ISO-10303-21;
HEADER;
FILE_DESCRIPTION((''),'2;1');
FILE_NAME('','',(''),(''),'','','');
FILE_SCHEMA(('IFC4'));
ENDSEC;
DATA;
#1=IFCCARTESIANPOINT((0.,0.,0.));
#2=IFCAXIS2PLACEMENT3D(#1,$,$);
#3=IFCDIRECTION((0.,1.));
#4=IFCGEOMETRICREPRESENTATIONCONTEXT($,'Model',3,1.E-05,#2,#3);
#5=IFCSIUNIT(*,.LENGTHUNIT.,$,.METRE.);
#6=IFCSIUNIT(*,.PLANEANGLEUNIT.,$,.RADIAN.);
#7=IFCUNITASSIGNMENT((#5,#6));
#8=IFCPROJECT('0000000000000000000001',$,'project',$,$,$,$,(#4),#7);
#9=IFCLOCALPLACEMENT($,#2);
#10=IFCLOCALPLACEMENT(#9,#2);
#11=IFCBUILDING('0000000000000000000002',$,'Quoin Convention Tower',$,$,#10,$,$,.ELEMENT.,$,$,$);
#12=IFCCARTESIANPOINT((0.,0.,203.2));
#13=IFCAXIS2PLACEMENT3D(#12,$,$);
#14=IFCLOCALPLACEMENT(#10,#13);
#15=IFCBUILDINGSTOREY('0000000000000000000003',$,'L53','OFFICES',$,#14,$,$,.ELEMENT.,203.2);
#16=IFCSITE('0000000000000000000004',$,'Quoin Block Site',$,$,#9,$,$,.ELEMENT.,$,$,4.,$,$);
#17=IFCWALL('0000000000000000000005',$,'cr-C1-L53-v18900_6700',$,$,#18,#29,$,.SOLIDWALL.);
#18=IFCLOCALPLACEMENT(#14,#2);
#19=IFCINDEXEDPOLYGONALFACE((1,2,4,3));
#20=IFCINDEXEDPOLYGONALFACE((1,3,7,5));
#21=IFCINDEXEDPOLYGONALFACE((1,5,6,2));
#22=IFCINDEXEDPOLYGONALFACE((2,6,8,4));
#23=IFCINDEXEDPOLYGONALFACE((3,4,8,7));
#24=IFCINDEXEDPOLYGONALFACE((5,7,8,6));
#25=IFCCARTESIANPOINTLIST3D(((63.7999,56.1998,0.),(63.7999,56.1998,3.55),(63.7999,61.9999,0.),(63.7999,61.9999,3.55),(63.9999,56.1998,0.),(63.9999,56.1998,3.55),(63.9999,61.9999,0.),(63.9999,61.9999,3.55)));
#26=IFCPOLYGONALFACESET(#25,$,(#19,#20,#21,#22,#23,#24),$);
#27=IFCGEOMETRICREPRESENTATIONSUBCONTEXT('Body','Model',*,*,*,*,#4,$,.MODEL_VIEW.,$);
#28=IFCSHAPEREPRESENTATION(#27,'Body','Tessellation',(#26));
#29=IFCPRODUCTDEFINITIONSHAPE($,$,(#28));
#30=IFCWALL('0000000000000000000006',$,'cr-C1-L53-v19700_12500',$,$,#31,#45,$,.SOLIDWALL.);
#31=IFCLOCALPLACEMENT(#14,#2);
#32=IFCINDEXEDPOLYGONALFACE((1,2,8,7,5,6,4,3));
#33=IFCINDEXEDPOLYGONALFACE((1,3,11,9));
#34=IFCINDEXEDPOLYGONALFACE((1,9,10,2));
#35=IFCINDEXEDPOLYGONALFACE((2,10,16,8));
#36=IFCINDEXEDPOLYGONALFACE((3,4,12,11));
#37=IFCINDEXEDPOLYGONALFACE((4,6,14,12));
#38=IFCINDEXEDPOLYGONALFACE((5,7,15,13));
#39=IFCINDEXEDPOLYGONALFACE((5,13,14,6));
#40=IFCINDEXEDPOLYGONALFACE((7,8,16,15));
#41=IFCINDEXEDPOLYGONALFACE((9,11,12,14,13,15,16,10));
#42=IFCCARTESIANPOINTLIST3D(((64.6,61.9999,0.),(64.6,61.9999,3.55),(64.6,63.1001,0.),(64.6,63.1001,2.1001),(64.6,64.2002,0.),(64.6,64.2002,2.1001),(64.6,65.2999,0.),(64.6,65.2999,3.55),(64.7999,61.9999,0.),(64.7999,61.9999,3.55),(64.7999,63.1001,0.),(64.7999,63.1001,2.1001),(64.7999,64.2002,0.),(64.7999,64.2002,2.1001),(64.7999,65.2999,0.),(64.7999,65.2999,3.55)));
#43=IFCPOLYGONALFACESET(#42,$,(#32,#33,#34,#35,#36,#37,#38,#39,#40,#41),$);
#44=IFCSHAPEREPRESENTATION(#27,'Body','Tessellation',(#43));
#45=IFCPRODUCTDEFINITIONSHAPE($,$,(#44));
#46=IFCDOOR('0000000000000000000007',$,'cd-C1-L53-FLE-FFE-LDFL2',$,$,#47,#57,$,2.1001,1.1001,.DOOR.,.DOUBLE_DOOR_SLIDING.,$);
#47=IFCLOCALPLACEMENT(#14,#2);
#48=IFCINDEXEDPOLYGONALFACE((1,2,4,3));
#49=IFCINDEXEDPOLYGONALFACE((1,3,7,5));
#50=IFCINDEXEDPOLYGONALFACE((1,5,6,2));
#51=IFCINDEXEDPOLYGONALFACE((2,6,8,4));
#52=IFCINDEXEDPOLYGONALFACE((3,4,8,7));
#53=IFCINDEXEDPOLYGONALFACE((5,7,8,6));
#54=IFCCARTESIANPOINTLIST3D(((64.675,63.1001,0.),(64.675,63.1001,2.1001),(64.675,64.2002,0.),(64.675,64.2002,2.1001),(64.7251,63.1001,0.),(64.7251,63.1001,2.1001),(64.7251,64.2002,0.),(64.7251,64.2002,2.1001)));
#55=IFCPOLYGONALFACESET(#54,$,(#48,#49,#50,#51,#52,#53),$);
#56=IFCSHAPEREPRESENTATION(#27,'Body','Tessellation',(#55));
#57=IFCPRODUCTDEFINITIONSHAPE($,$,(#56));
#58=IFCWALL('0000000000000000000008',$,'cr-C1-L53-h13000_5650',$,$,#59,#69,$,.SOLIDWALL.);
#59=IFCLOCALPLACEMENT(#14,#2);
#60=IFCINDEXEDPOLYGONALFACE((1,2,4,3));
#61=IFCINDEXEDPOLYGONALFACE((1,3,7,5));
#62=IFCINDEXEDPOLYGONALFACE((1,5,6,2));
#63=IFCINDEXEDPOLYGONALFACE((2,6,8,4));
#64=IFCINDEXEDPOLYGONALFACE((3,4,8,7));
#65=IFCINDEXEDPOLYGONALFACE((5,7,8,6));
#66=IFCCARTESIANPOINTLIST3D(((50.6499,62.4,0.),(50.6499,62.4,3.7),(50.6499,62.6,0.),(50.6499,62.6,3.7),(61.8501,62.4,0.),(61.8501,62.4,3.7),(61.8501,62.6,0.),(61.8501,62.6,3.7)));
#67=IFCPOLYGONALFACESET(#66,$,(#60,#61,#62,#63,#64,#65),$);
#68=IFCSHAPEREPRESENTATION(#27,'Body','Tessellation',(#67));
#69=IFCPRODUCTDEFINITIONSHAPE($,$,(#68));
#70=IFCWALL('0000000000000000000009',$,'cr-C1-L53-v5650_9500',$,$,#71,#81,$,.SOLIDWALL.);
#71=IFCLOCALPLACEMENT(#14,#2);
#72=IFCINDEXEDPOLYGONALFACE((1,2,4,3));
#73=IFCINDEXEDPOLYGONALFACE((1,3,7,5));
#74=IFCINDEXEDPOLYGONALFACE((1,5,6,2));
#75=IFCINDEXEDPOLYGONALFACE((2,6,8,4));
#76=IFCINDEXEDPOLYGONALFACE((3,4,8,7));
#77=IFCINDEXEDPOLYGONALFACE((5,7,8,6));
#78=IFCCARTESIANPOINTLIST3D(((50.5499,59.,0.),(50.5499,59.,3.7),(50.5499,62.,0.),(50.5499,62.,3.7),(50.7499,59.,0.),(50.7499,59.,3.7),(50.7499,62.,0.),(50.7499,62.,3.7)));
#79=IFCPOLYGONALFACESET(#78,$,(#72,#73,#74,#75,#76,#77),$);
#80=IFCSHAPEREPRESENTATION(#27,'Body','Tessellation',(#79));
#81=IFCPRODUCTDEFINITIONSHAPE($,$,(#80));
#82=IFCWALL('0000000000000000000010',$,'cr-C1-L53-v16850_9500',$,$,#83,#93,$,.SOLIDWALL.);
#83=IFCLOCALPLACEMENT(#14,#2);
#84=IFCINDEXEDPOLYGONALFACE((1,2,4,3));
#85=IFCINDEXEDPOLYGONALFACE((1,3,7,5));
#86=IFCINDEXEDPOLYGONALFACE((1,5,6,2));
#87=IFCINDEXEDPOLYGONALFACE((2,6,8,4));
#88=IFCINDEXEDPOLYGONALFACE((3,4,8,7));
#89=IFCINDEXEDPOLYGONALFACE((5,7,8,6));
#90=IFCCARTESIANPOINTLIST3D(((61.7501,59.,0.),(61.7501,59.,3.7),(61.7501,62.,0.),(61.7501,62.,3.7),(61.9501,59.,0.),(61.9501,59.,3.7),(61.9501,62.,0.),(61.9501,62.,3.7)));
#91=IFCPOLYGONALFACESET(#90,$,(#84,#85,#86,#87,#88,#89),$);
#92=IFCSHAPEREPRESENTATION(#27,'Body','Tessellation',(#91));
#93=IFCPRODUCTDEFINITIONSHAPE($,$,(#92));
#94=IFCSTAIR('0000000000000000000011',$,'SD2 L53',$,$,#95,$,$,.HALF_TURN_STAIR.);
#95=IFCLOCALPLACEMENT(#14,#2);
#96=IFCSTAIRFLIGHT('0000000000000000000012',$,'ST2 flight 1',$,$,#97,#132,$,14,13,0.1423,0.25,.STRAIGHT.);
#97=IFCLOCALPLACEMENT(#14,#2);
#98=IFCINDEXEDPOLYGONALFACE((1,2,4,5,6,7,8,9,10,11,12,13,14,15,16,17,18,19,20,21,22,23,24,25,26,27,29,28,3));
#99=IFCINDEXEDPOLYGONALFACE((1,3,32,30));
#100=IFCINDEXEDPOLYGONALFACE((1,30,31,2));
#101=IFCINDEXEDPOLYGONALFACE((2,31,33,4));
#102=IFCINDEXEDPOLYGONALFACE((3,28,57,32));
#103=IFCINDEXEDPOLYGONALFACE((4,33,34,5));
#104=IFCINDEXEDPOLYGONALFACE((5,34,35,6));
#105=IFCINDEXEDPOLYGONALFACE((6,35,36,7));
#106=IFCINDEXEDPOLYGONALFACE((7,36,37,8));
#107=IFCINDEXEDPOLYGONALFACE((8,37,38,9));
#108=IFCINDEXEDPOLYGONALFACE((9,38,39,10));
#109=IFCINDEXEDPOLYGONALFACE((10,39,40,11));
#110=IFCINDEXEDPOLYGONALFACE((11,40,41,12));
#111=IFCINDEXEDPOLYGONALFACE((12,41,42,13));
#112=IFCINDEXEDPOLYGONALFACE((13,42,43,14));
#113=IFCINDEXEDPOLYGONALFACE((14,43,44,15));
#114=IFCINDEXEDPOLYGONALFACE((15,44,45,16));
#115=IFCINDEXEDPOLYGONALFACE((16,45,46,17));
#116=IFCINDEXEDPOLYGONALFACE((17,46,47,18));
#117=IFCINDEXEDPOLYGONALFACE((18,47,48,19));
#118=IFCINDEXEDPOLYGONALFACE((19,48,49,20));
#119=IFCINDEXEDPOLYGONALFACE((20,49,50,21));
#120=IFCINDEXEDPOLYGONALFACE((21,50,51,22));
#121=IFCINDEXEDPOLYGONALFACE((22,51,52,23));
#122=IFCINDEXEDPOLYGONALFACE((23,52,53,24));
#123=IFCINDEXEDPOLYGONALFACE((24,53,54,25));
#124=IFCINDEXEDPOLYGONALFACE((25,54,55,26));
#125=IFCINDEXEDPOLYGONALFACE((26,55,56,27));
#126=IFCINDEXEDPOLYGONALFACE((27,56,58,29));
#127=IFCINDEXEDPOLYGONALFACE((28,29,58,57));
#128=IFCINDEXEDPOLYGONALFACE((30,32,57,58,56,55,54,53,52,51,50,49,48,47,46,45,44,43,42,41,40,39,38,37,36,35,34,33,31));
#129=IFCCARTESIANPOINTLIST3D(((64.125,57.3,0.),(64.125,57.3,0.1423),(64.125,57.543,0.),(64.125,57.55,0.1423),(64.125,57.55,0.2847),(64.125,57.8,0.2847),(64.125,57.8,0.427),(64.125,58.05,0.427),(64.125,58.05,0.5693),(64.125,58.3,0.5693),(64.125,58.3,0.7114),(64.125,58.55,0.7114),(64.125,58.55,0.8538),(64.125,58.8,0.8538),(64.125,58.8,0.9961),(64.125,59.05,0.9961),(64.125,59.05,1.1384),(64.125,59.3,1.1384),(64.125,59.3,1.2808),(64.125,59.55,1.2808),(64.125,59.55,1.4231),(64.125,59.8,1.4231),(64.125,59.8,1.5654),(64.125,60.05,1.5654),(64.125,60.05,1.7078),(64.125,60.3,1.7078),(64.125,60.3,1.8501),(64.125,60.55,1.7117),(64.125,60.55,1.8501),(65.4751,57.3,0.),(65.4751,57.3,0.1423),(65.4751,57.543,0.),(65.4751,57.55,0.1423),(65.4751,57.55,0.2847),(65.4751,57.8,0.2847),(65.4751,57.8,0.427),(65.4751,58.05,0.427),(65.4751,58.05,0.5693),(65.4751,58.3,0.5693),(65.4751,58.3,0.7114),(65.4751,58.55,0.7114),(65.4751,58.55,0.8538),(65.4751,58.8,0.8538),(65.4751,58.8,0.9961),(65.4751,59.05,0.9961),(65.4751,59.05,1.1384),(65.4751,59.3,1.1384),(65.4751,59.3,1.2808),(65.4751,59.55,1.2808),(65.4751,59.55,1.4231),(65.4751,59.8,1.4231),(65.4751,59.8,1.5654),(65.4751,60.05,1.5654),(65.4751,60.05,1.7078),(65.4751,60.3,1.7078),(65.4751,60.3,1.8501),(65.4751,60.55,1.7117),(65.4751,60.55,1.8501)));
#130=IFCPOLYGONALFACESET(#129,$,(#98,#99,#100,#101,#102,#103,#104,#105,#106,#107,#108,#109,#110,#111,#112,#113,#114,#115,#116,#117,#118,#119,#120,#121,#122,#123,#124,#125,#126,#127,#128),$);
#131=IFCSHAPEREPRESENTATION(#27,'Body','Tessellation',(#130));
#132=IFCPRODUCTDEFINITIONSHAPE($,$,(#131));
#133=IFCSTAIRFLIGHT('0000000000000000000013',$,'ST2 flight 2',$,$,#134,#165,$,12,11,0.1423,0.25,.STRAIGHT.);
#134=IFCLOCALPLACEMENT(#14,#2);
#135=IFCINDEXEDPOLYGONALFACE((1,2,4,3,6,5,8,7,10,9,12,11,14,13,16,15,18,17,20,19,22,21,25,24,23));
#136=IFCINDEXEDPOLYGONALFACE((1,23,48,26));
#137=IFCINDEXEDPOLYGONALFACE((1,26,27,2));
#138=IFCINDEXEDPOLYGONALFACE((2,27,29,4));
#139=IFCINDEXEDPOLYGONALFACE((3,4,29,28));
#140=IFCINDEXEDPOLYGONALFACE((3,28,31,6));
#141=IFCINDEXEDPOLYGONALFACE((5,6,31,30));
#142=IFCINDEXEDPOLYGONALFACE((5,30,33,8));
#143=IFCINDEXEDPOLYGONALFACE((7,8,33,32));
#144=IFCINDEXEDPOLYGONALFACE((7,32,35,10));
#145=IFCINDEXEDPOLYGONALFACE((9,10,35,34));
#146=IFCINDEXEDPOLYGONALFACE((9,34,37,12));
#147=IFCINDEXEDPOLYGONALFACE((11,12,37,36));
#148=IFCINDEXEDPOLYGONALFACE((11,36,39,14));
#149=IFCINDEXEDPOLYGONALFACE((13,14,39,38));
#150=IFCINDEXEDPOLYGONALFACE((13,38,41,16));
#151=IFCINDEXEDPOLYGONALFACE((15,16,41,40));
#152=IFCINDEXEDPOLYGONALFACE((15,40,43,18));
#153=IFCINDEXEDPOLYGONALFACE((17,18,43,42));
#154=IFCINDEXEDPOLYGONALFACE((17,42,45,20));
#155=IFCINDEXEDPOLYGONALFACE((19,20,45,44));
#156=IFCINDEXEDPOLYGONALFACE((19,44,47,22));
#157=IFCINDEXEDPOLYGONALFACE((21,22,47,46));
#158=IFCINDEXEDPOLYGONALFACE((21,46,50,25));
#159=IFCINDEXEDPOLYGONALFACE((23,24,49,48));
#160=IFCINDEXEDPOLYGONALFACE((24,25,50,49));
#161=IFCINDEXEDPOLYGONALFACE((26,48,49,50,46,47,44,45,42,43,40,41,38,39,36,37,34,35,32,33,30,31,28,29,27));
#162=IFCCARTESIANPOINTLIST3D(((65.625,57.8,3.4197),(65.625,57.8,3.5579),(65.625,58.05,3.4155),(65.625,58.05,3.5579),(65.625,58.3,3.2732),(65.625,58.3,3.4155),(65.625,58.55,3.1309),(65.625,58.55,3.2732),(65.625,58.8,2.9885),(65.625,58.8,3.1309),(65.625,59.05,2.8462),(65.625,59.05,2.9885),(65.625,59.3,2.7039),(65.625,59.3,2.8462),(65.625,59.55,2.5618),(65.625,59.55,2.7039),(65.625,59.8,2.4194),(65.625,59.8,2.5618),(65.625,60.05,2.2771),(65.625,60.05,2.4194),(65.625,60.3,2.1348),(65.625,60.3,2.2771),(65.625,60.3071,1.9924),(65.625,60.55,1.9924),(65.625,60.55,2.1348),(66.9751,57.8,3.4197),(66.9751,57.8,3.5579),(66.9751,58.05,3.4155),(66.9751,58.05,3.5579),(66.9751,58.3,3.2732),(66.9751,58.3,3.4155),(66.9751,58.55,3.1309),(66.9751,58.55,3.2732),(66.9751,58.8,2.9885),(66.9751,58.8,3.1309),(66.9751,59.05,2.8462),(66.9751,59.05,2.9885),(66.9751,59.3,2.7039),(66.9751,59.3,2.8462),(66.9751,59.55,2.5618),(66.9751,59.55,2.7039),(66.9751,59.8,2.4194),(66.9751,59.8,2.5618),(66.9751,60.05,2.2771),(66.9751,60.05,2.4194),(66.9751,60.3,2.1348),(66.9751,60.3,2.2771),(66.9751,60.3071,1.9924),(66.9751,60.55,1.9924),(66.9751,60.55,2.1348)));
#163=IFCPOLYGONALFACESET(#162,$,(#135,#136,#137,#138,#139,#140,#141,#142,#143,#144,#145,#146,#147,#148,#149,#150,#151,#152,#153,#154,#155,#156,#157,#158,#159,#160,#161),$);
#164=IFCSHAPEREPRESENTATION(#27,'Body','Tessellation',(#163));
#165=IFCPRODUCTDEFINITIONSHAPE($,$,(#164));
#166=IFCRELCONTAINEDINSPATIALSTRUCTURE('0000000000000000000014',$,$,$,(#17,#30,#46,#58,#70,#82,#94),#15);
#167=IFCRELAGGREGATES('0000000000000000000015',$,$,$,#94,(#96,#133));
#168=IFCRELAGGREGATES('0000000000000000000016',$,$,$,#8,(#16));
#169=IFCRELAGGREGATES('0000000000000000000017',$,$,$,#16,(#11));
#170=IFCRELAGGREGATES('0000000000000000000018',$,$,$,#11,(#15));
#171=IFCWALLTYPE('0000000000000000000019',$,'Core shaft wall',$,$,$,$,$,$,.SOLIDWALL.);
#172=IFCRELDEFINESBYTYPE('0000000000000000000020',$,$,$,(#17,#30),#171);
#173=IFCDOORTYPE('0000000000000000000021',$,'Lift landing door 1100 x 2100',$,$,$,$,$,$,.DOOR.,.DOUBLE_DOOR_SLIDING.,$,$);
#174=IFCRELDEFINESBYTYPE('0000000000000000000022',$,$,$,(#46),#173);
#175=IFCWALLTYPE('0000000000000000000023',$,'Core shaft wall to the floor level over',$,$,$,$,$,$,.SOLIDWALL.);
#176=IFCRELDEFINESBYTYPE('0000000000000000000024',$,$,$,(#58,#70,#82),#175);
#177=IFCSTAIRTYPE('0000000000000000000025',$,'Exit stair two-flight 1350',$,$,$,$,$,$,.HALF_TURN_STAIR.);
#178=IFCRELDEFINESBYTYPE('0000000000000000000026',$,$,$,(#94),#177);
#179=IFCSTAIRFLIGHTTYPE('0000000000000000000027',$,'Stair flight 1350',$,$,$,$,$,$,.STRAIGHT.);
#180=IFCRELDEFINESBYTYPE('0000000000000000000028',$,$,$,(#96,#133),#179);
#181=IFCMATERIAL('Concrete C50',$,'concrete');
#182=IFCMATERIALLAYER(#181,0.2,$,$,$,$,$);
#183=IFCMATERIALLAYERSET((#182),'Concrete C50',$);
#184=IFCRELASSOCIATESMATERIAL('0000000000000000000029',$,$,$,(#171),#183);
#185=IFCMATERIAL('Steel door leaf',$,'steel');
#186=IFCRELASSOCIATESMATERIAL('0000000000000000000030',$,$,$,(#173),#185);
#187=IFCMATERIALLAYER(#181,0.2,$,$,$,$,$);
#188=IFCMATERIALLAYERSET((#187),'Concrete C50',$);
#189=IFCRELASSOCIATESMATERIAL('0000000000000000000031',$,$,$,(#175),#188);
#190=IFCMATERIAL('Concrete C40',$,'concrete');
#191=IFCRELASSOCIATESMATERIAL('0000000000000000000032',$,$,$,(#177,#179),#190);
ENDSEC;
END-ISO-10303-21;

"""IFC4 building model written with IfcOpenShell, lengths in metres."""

from ifc_helpers import new_model, si_unit, direction, frame, frame_2d, origin, place, context, subcontext, project, spatial, polyline, rectangle, outline, extrude, material, layer, layer_set, type_object, element, fill, aggregate, save


model = new_model("IFC4")

# Units and contexts
model_context = context("Model", 3, precision=1e-05, world=origin(), true_north=direction((0.0, 1.0)))
body_context = subcontext(model_context, "Body", "Model", "MODEL_VIEW")
ifc_project = project(units=[si_unit("LENGTHUNIT", "METRE"), si_unit("PLANEANGLEUNIT", "RADIAN")], contexts=[model_context])

# Site, building, storey
site_placement = place(None, origin())
site = spatial("IfcSite", under=ifc_project, at=site_placement, Name="Quoin Block Site", CompositionType="ELEMENT", RefElevation=4.0)
building_placement = place(site_placement, origin())
building = spatial("IfcBuilding", under=site, at=building_placement, Name="Quoin Convention Tower", CompositionType="ELEMENT")
storey_placement = place(building_placement, frame((0.0, 0.0, 203.2)))
storey = spatial("IfcBuildingStorey", under=building, at=storey_placement, Name="L53", Description="OFFICES", CompositionType="ELEMENT", Elevation=203.2)

# Wall
ifc_material_1 = material(Name="Concrete C50", Category="concrete")
ifc_layer_1 = layer(ifc_material_1, 0.2)
ifc_layer_set_1 = layer_set([ifc_layer_1], Name="Concrete C50")
wall_type_1 = type_object("IfcWallType", Name="Core shaft wall", PredefinedType="SOLIDWALL", material=ifc_layer_set_1)
wall_1_placement = place(storey_placement, frame((63.8999, 56.2, 0.0), z_axis=(0.0, 0.0, 1.0), x_axis=(0.0, 1.0, 0.0)))
element("IfcWall", 1, at=wall_1_placement, inside=storey, type_object=wall_type_1, Name="cr-C1-L53-v18900_6700", PredefinedType="SOLIDWALL", context=body_context, shape_type="SweptSolid", body=[
    extrude(rectangle(XDim=5.8, YDim=0.2, at=frame_2d((2.8999, 0.0))), origin(), (0.0, 0.0, 1.0), 3.55),
])

# Wall, opening, door
wall_2_placement = place(storey_placement, frame((64.7, 62.0, 0.0), z_axis=(0.0, 0.0, 1.0), x_axis=(0.0, 1.0, 0.0)))
wall_2 = element("IfcWall", 2, at=wall_2_placement, inside=storey, type_object=wall_type_1, Name="cr-C1-L53-v19700_12500", PredefinedType="SOLIDWALL", context=body_context, shape_type="SweptSolid", body=[
    extrude(rectangle(XDim=3.3, YDim=0.2, at=frame_2d((1.6499, 0.0))), origin(), (0.0, 0.0, 1.0), 3.55),
])
opening_placement = place(wall_2_placement, frame((1.1001, 0.0, 0.0)))
opening = element("IfcOpeningElement", 3, at=opening_placement, cuts=wall_2, PredefinedType="OPENING", context=body_context, shape_type="SweptSolid", body=[
    extrude(rectangle(XDim=1.1001, YDim=2.1001, at=frame_2d((0.55, 1.05))), frame((0.0, 0.1099, 0.0), z_axis=(0.0, -1.0, 0.0), x_axis=(1.0, 0.0, 0.0)), (0.0, 0.0, 1.0), 0.22),
])
ifc_material_2 = material(Name="Steel door leaf", Category="steel")
door_type = type_object("IfcDoorType", Name="Lift landing door 1100 x 2100", OperationType="DOUBLE_DOOR_SLIDING", PredefinedType="DOOR", material=ifc_material_2)
door_placement = place(opening_placement, origin())
door = element("IfcDoor", 4, at=door_placement, inside=storey, type_object=door_type, Name="cd-C1-L53-FLE-FFE-LDFL2", OperationType="DOUBLE_DOOR_SLIDING", OverallHeight=2.1001, OverallWidth=1.1001, PredefinedType="DOOR", context=body_context, shape_type="SweptSolid", body=[
    extrude(rectangle(XDim=1.1001, YDim=2.1001, at=frame_2d((0.55, 1.05))), frame((0.0, 0.0249, 0.0), z_axis=(0.0, -1.0, 0.0), x_axis=(1.0, 0.0, 0.0)), (0.0, 0.0, 1.0), 0.05),
])
fill(opening, door)

# Walls
ifc_layer_2 = layer(ifc_material_1, 0.2)
ifc_layer_set_2 = layer_set([ifc_layer_2], Name="Concrete C50")
wall_type_2 = type_object("IfcWallType", Name="Core shaft wall to the floor level over", PredefinedType="SOLIDWALL", material=ifc_layer_set_2)
wall_3_placement = place(storey_placement, frame((50.6499, 62.5, 0.0), z_axis=(0.0, 0.0, 1.0), x_axis=(1.0, 0.0, 0.0)))
element("IfcWall", 5, at=wall_3_placement, inside=storey, type_object=wall_type_2, Name="cr-C1-L53-h13000_5650", PredefinedType="SOLIDWALL", context=body_context, shape_type="SweptSolid", body=[
    extrude(rectangle(XDim=11.2002, YDim=0.2, at=frame_2d((5.6001, 0.0))), origin(), (0.0, 0.0, 1.0), 3.7),
])
for number, where, z_axis, x_axis, name in (
    (6, (50.6499, 59.0, 0.0), (0.0, 0.0, 1.0), (0.0, 1.0, 0.0), "cr-C1-L53-v5650_9500"),
    (7, (61.8501, 59.0, 0.0), (0.0, 0.0, 1.0), (0.0, 1.0, 0.0), "cr-C1-L53-v16850_9500"),
):
    element("IfcWall", number, at=place(storey_placement, frame(where, z_axis=z_axis, x_axis=x_axis)), inside=storey, type_object=wall_type_2, Name=name, PredefinedType="SOLIDWALL", context=body_context, shape_type="SweptSolid", body=[
        extrude(rectangle(XDim=3.0, YDim=0.2, at=frame_2d((1.5, 0.0))), origin(), (0.0, 0.0, 1.0), 3.7),
    ])

# Stair, stair flights
ifc_material_3 = material(Name="Concrete C40", Category="concrete")
stair_type = type_object("IfcStairType", Name="Exit stair two-flight 1350", PredefinedType="HALF_TURN_STAIR", material=ifc_material_3)
stair_placement = place(storey_placement, origin())
stair = element("IfcStair", 8, at=stair_placement, inside=storey, type_object=stair_type, Name="SD2 L53", PredefinedType="HALF_TURN_STAIR")
stair_flight_type = type_object("IfcStairFlightType", Name="Stair flight 1350", PredefinedType="STRAIGHT", material=ifc_material_3)
stair_flight_1_placement = place(storey_placement, frame((64.8, 57.3, 0.0), z_axis=(0.0, 0.0, 1.0), x_axis=(0.0, 1.0, 0.0)))
stair_flight_1 = element("IfcStairFlight", 9, at=stair_flight_1_placement, type_object=stair_flight_type, Name="ST2 flight 1", NumberOfRisers=14, NumberOfTreads=13, PredefinedType="STRAIGHT", RiserHeight=0.1423, TreadLength=0.25, context=body_context, shape_type="SweptSolid", body=[
    extrude(outline(polyline([(0.0, 0.0), (0.0, 0.1423), (0.25, 0.1423), (0.25, 0.2847), (0.5, 0.2847), (0.5, 0.427), (0.75, 0.427), (0.75, 0.5693), (1.0, 0.5693), (1.0, 0.7114), (1.25, 0.7114), (1.25, 0.8538), (1.5, 0.8538), (1.5, 0.9961), (1.75, 0.9961), (1.75, 1.1384), (2.0, 1.1384), (2.0, 1.2808), (2.25, 1.2808), (2.25, 1.4231), (2.5, 1.4231), (2.5, 1.5654), (2.75, 1.5654), (2.75, 1.7078), (3.0, 1.7078), (3.0, 1.8501), (3.25, 1.8501), (3.25, 1.9922), (3.25, 1.7117), (0.2429, 0.0), (0.0, 0.0)])), frame((0.0, 0.675, 0.0), z_axis=(0.0, -1.0, 0.0), x_axis=(1.0, 0.0, 0.0)), (0.0, 0.0, 1.0), 1.3501),
])
stair_flight_2_placement = place(storey_placement, frame((66.3, 60.55, 1.9924), z_axis=(0.0, 0.0, 1.0), x_axis=(0.0, -1.0, 0.0)))
stair_flight_2 = element("IfcStairFlight", 10, at=stair_flight_2_placement, type_object=stair_flight_type, Name="ST2 flight 2", NumberOfRisers=12, NumberOfTreads=11, PredefinedType="STRAIGHT", RiserHeight=0.1423, TreadLength=0.25, context=body_context, shape_type="SweptSolid", body=[
    extrude(outline(polyline([(0.0, 0.0), (0.0, 0.1423), (0.25, 0.1423), (0.25, 0.2847), (0.5, 0.2847), (0.5, 0.427), (0.75, 0.427), (0.75, 0.5693), (1.0, 0.5693), (1.0, 0.7114), (1.25, 0.7114), (1.25, 0.8538), (1.5, 0.8538), (1.5, 0.9961), (1.75, 0.9961), (1.75, 1.1384), (2.0, 1.1384), (2.0, 1.2808), (2.25, 1.2808), (2.25, 1.4231), (2.5, 1.4231), (2.5, 1.5654), (2.75, 1.5654), (2.75, 1.7078), (2.75, 1.4272), (0.2429, 0.0), (0.0, 0.0)])), frame((0.0, 0.675, 0.0), z_axis=(0.0, -1.0, 0.0), x_axis=(1.0, 0.0, 0.0)), (0.0, 0.0, 1.0), 1.3501),
])
aggregate(stair, [stair_flight_1, stair_flight_2])

save(model, "model.ifc")
